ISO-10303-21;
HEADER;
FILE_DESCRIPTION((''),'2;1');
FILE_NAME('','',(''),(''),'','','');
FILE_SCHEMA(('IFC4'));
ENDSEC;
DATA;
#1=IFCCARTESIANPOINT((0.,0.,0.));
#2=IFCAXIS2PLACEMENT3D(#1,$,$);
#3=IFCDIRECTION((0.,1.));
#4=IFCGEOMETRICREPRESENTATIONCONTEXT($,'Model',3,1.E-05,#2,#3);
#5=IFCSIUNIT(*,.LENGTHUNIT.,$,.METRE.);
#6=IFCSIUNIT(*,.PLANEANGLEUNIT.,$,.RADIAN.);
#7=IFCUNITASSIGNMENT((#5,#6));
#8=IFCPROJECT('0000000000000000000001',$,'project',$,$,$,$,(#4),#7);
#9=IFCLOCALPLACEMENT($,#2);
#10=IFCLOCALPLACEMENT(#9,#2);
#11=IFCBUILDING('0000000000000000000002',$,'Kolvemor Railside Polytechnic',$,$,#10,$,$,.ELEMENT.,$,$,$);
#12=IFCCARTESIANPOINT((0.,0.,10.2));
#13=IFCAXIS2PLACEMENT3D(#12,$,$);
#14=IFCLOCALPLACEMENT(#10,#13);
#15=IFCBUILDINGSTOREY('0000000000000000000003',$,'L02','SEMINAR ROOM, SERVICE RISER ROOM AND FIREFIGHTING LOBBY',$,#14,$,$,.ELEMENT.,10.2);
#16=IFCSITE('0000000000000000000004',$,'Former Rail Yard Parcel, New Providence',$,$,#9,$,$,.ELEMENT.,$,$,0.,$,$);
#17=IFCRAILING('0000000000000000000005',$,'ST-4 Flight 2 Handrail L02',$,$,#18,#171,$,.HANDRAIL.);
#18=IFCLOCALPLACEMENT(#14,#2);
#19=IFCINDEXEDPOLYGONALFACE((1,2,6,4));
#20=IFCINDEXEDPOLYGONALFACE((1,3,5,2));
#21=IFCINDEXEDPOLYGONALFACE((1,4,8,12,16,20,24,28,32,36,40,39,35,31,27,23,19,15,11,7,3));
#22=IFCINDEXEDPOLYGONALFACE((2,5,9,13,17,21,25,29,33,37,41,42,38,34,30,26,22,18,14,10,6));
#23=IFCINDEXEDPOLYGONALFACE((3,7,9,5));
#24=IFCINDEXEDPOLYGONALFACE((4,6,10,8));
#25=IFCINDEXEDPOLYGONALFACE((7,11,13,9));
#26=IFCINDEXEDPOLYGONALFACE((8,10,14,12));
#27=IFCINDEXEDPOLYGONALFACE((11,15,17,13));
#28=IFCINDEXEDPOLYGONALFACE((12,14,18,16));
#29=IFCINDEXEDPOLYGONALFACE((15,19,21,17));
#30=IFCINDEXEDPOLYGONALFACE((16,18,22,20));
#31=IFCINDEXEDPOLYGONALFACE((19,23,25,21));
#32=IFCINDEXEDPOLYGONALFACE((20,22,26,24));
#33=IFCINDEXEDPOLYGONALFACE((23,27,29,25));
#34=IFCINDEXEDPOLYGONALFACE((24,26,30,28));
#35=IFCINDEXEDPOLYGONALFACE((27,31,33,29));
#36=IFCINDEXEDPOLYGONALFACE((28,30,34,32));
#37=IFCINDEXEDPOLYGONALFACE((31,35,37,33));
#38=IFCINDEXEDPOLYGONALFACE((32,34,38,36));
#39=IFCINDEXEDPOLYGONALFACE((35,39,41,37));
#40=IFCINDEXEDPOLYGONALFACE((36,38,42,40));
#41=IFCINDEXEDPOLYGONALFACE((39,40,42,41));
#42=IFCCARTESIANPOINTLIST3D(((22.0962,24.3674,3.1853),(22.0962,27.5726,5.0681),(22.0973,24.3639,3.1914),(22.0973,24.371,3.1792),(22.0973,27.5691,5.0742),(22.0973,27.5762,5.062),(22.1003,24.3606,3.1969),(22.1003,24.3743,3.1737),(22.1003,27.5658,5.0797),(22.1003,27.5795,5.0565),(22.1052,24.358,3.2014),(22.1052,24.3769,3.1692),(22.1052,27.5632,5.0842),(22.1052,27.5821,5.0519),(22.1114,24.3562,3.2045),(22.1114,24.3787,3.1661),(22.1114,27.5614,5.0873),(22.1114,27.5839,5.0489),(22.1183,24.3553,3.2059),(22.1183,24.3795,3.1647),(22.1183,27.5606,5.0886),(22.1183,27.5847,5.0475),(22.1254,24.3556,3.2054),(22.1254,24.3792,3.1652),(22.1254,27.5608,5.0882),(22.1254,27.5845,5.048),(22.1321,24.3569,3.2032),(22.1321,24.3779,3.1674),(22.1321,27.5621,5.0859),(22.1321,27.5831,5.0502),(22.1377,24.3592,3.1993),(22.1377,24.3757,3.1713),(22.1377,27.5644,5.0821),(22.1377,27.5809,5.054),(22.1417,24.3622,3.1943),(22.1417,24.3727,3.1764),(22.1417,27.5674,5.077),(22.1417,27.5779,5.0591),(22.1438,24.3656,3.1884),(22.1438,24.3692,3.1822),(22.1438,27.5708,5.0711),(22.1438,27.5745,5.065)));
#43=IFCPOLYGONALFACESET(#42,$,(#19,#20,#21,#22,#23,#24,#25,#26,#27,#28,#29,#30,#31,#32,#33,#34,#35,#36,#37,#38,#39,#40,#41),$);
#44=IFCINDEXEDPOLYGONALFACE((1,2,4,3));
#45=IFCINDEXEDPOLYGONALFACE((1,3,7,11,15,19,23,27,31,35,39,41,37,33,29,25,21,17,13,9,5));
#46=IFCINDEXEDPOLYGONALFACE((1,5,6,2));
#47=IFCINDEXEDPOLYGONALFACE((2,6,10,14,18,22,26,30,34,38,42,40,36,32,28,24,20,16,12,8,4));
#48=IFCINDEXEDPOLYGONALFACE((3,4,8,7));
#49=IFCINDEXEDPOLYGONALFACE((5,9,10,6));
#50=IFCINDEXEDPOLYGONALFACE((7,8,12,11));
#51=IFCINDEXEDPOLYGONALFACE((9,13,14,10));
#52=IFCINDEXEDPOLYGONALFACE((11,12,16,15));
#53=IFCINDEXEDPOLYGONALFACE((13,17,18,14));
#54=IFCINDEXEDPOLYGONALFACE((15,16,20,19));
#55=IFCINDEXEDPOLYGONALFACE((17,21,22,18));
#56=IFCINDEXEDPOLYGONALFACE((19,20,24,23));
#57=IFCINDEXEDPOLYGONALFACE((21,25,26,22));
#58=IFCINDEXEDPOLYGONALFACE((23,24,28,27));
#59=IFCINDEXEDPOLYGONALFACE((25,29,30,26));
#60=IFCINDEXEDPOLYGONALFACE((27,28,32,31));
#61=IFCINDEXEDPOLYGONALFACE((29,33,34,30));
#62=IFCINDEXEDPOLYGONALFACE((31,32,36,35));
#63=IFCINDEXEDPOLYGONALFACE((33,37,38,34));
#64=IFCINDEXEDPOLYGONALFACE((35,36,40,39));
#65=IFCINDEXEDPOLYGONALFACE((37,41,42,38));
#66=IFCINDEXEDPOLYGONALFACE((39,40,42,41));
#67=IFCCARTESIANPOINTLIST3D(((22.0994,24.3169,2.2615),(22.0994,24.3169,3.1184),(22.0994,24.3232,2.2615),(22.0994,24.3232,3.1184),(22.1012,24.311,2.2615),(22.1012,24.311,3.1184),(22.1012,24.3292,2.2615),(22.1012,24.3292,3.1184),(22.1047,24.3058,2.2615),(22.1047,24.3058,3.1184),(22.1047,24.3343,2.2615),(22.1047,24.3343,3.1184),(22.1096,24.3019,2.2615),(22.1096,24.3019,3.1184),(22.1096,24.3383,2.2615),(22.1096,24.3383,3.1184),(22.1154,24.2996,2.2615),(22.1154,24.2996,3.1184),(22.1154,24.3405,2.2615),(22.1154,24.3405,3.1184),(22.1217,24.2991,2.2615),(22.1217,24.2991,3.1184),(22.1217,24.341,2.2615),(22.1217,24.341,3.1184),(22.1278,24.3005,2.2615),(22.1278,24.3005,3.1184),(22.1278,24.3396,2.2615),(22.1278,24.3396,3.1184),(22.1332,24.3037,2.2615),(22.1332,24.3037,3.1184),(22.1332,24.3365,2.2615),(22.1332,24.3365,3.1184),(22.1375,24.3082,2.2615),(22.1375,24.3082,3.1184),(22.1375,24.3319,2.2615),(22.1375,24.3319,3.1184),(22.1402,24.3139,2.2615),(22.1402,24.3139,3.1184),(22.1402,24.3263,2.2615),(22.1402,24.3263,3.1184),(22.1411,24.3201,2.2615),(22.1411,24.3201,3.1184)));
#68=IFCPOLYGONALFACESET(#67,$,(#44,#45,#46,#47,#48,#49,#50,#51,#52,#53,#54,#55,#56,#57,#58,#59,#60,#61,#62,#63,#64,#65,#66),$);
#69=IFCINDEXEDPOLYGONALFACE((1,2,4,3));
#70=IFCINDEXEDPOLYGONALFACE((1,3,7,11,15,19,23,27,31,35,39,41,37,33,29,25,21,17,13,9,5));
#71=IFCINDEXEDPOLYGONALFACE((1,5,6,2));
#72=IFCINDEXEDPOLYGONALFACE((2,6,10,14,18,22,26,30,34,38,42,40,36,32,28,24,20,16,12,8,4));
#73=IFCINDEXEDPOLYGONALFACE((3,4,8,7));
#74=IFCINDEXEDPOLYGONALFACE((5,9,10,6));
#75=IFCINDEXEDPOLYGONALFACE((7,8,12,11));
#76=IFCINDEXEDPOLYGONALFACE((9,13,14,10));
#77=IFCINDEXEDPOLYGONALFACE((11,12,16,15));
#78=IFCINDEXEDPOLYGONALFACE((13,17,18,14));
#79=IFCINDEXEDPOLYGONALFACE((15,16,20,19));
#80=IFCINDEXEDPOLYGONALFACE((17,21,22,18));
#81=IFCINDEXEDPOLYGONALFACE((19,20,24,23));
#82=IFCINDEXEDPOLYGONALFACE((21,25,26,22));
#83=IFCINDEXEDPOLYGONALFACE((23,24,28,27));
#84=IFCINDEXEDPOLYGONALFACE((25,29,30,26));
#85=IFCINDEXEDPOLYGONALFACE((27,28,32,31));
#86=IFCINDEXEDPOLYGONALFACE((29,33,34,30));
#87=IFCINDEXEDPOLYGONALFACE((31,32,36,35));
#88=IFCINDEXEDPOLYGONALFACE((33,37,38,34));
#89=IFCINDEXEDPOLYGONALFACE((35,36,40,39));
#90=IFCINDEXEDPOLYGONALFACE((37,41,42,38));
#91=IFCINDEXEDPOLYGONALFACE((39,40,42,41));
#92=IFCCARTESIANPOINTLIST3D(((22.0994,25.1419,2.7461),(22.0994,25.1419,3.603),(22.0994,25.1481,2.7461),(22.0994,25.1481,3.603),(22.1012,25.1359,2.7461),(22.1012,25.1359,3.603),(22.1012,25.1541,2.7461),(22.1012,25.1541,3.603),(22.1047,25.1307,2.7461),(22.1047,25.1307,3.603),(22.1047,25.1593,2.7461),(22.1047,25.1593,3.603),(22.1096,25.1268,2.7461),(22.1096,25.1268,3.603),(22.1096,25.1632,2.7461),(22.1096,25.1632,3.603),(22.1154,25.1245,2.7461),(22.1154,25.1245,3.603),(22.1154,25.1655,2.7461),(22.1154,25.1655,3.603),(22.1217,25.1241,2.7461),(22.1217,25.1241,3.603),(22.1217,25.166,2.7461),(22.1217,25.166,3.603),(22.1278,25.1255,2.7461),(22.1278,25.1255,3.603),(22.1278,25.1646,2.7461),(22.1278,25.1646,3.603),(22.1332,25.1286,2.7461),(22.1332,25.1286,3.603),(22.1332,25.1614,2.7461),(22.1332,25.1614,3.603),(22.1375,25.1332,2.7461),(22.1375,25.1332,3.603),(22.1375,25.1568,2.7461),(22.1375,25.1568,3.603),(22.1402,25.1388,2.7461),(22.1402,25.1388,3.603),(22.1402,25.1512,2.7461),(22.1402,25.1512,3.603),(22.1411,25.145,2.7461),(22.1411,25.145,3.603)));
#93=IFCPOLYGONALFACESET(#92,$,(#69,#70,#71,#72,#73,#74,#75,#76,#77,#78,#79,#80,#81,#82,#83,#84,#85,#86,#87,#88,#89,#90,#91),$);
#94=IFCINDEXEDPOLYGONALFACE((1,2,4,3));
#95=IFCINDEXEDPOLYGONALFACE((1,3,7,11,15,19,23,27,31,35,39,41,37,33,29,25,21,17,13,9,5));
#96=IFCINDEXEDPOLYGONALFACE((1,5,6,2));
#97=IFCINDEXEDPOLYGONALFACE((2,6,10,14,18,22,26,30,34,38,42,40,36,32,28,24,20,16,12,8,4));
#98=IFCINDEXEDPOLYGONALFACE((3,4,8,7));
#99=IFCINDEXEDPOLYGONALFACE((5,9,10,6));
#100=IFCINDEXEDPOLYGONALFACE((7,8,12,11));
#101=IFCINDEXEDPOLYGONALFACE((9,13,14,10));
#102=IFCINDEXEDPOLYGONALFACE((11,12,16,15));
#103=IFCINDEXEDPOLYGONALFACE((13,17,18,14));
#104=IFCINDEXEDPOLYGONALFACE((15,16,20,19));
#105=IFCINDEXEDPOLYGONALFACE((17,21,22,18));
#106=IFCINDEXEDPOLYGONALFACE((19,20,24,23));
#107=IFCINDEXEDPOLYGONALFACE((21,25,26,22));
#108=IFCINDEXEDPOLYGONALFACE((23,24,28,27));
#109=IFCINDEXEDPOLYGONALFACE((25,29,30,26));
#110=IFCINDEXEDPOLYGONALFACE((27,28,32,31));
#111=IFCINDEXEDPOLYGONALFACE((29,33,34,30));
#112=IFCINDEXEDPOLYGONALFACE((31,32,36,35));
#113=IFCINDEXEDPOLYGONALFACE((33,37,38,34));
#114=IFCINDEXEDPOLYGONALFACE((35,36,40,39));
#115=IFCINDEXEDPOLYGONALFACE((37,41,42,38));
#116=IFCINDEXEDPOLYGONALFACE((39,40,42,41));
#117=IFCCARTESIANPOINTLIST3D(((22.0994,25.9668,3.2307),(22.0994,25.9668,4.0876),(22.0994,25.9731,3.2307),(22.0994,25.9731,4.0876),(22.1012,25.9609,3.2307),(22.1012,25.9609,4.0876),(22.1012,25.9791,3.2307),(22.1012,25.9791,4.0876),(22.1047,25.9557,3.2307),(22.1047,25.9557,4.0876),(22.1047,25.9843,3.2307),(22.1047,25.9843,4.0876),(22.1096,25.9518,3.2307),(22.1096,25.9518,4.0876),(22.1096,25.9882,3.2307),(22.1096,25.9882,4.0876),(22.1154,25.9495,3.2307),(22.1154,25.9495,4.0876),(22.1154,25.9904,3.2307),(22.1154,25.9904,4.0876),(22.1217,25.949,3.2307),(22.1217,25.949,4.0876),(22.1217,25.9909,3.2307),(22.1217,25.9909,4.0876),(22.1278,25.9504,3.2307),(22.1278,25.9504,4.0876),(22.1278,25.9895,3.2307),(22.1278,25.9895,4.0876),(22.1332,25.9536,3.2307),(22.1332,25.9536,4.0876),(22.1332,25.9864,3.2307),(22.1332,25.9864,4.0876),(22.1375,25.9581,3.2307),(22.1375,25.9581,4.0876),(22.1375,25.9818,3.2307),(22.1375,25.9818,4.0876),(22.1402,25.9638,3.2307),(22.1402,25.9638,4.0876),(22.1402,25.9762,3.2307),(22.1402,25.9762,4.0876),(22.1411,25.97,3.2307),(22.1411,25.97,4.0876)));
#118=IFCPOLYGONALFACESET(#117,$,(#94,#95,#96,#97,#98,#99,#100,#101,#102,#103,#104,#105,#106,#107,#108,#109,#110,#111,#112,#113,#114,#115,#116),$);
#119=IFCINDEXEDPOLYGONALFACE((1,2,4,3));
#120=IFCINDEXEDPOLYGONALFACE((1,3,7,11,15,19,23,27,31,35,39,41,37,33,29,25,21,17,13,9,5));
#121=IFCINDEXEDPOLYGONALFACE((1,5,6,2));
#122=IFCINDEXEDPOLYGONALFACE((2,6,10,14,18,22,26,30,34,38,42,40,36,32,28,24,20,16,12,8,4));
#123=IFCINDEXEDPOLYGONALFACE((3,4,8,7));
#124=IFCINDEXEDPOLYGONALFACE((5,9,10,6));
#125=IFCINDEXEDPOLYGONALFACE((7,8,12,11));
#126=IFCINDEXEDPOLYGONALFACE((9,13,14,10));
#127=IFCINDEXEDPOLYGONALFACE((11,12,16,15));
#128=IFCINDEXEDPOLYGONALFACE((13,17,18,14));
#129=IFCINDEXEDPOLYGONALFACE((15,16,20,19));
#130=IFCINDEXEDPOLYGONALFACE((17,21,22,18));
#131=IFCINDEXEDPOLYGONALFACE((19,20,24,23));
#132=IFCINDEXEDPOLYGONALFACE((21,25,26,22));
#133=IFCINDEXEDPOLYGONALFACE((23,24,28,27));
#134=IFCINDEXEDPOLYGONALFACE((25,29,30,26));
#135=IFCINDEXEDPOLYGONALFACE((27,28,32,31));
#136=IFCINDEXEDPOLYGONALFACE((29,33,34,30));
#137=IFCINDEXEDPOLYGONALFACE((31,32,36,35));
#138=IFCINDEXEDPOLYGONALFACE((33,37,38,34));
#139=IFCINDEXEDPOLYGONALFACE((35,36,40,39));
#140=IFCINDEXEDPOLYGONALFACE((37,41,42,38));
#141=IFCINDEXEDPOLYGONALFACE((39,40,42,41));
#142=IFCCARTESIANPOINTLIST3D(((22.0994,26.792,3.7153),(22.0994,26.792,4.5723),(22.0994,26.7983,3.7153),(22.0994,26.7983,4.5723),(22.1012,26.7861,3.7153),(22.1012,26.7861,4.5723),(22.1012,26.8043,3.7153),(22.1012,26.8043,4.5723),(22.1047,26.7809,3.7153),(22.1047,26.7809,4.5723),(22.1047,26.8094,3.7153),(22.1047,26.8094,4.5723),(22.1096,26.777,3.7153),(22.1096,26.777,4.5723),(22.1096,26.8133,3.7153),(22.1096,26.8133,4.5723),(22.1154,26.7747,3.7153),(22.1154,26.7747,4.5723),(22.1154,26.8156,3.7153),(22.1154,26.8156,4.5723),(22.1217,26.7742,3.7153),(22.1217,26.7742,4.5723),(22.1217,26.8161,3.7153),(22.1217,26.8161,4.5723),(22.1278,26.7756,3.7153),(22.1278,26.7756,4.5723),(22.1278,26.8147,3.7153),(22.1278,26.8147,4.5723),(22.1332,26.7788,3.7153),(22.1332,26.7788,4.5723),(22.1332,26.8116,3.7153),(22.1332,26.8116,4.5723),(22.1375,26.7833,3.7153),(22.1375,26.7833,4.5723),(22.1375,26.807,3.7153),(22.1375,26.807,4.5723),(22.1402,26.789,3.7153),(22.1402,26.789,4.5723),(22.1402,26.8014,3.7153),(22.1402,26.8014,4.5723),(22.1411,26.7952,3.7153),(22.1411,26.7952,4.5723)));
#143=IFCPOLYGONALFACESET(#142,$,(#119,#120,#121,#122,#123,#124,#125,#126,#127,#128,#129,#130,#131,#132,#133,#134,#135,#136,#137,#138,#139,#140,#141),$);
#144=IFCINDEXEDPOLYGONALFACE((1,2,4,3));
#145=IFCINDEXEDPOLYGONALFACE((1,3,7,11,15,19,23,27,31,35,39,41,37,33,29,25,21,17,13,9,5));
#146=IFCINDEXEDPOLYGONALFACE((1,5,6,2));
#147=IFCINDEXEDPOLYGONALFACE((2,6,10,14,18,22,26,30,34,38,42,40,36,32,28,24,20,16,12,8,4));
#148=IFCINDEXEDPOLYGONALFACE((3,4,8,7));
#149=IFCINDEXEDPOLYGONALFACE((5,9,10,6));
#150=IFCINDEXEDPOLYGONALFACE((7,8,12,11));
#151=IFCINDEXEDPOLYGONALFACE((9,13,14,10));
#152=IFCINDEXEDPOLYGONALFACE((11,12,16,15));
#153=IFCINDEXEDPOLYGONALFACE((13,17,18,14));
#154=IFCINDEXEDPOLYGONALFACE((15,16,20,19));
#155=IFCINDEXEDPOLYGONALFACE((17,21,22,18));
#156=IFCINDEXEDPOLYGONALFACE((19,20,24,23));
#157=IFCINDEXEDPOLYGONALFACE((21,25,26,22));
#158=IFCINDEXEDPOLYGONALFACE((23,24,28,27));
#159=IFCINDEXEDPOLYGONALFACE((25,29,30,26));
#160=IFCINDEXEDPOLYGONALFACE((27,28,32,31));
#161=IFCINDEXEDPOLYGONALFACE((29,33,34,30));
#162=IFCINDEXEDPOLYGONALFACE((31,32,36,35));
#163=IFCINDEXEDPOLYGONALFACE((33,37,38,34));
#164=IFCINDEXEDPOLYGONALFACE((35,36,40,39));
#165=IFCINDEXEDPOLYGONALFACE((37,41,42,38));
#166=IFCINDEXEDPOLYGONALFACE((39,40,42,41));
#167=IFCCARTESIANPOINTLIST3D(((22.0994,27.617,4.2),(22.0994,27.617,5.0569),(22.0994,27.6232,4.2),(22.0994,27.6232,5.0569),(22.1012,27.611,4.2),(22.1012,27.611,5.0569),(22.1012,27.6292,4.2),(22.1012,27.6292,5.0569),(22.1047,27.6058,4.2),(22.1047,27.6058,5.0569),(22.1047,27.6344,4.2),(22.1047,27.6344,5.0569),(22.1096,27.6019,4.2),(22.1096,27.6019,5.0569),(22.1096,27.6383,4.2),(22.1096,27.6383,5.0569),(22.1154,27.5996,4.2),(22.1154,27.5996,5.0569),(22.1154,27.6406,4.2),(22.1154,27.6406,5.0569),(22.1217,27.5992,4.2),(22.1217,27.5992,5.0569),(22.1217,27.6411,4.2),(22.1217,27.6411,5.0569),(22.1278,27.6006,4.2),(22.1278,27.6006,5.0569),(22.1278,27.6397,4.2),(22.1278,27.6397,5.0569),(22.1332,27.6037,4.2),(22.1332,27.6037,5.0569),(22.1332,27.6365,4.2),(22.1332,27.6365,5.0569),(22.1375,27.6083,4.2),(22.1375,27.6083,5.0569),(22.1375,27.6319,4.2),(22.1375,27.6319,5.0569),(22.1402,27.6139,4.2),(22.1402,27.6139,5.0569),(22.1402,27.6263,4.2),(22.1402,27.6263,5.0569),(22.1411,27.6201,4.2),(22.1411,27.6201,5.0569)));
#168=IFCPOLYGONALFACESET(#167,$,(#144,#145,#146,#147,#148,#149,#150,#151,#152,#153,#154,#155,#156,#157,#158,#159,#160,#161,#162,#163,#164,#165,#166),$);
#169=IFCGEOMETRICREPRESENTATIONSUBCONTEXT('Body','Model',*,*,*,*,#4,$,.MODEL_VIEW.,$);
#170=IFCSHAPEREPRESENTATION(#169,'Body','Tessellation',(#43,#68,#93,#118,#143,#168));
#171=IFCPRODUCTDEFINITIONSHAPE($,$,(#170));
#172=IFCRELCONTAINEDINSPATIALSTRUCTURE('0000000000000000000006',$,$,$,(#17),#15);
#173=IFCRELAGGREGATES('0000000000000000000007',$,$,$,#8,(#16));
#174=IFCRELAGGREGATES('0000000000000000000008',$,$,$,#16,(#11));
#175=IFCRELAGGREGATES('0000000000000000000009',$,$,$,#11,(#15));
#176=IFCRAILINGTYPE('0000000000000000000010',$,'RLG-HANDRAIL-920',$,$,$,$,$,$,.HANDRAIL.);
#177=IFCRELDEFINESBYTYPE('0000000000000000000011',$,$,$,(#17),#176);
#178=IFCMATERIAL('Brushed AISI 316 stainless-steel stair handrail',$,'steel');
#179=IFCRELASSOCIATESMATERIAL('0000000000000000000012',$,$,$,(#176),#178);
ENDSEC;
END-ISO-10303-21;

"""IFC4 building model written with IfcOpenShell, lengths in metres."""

from ifc_helpers import new_model, si_unit, direction, frame, origin, origin_2d, place, context, subcontext, project, spatial, circle, extrude, material, type_object, element, save


model = new_model("IFC4")

# Units and contexts
model_context = context("Model", 3, precision=1e-05, world=origin(), true_north=direction((0.0, 1.0)))
body_context = subcontext(model_context, "Body", "Model", "MODEL_VIEW")
ifc_project = project(units=[si_unit("LENGTHUNIT", "METRE"), si_unit("PLANEANGLEUNIT", "RADIAN")], contexts=[model_context])

# Site, building, storey
site_placement = place(None, origin())
site = spatial("IfcSite", under=ifc_project, at=site_placement, Name="Former Rail Yard Parcel, New Providence", CompositionType="ELEMENT", RefElevation=0.0)
building_placement = place(site_placement, origin())
building = spatial("IfcBuilding", under=site, at=building_placement, Name="Kolvemor Railside Polytechnic", CompositionType="ELEMENT")
storey_placement = place(building_placement, frame((0.0, 0.0, 10.2)))
storey = spatial("IfcBuildingStorey", under=building, at=storey_placement, Name="L02", Description="SEMINAR ROOM, SERVICE RISER ROOM AND FIREFIGHTING LOBBY", CompositionType="ELEMENT", Elevation=10.2)

# Railing
ifc_material_1 = material(Name="Brushed AISI 316 stainless-steel stair handrail", Category="steel")
railing_type_1 = type_object("IfcRailingType", Name="RLG-HANDRAIL-920", PredefinedType="HANDRAIL", material=ifc_material_1)
railing_1_placement = place(storey_placement, frame((22.1201, 24.3201, 2.2615)))
element("IfcRailing", 1, at=railing_1_placement, inside=storey, type_object=railing_type_1, Name="ST-4 Flight 2 Handrail L02", PredefinedType="HANDRAIL", context=body_context, shape_type="SweptSolid", body=[
    extrude(circle(Radius=0.0239, at=origin_2d()), frame((0.0, 0.0474, 0.9238), z_axis=(0.0, 0.862246, 0.50649), x_axis=(-1.0, 0.0, 0.0)), (0.0, 0.0, 1.0), 3.7173),
    extrude(circle(Radius=0.021, at=origin_2d()), origin(), (0.0, 0.0, 1.0), 0.8569),
    extrude(circle(Radius=0.021, at=origin_2d()), frame((0.0, 0.825, 0.4846)), (0.0, 0.0, 1.0), 0.8569),
    extrude(circle(Radius=0.021, at=origin_2d()), frame((0.0, 1.6499, 0.9692)), (0.0, 0.0, 1.0), 0.8569),
    extrude(circle(Radius=0.021, at=origin_2d()), frame((0.0, 2.4751, 1.4539)), (0.0, 0.0, 1.0), 0.8569),
    extrude(circle(Radius=0.021, at=origin_2d()), frame((0.0, 3.3, 1.9385)), (0.0, 0.0, 1.0), 0.8569),
])

save(model, "model.ifc")
